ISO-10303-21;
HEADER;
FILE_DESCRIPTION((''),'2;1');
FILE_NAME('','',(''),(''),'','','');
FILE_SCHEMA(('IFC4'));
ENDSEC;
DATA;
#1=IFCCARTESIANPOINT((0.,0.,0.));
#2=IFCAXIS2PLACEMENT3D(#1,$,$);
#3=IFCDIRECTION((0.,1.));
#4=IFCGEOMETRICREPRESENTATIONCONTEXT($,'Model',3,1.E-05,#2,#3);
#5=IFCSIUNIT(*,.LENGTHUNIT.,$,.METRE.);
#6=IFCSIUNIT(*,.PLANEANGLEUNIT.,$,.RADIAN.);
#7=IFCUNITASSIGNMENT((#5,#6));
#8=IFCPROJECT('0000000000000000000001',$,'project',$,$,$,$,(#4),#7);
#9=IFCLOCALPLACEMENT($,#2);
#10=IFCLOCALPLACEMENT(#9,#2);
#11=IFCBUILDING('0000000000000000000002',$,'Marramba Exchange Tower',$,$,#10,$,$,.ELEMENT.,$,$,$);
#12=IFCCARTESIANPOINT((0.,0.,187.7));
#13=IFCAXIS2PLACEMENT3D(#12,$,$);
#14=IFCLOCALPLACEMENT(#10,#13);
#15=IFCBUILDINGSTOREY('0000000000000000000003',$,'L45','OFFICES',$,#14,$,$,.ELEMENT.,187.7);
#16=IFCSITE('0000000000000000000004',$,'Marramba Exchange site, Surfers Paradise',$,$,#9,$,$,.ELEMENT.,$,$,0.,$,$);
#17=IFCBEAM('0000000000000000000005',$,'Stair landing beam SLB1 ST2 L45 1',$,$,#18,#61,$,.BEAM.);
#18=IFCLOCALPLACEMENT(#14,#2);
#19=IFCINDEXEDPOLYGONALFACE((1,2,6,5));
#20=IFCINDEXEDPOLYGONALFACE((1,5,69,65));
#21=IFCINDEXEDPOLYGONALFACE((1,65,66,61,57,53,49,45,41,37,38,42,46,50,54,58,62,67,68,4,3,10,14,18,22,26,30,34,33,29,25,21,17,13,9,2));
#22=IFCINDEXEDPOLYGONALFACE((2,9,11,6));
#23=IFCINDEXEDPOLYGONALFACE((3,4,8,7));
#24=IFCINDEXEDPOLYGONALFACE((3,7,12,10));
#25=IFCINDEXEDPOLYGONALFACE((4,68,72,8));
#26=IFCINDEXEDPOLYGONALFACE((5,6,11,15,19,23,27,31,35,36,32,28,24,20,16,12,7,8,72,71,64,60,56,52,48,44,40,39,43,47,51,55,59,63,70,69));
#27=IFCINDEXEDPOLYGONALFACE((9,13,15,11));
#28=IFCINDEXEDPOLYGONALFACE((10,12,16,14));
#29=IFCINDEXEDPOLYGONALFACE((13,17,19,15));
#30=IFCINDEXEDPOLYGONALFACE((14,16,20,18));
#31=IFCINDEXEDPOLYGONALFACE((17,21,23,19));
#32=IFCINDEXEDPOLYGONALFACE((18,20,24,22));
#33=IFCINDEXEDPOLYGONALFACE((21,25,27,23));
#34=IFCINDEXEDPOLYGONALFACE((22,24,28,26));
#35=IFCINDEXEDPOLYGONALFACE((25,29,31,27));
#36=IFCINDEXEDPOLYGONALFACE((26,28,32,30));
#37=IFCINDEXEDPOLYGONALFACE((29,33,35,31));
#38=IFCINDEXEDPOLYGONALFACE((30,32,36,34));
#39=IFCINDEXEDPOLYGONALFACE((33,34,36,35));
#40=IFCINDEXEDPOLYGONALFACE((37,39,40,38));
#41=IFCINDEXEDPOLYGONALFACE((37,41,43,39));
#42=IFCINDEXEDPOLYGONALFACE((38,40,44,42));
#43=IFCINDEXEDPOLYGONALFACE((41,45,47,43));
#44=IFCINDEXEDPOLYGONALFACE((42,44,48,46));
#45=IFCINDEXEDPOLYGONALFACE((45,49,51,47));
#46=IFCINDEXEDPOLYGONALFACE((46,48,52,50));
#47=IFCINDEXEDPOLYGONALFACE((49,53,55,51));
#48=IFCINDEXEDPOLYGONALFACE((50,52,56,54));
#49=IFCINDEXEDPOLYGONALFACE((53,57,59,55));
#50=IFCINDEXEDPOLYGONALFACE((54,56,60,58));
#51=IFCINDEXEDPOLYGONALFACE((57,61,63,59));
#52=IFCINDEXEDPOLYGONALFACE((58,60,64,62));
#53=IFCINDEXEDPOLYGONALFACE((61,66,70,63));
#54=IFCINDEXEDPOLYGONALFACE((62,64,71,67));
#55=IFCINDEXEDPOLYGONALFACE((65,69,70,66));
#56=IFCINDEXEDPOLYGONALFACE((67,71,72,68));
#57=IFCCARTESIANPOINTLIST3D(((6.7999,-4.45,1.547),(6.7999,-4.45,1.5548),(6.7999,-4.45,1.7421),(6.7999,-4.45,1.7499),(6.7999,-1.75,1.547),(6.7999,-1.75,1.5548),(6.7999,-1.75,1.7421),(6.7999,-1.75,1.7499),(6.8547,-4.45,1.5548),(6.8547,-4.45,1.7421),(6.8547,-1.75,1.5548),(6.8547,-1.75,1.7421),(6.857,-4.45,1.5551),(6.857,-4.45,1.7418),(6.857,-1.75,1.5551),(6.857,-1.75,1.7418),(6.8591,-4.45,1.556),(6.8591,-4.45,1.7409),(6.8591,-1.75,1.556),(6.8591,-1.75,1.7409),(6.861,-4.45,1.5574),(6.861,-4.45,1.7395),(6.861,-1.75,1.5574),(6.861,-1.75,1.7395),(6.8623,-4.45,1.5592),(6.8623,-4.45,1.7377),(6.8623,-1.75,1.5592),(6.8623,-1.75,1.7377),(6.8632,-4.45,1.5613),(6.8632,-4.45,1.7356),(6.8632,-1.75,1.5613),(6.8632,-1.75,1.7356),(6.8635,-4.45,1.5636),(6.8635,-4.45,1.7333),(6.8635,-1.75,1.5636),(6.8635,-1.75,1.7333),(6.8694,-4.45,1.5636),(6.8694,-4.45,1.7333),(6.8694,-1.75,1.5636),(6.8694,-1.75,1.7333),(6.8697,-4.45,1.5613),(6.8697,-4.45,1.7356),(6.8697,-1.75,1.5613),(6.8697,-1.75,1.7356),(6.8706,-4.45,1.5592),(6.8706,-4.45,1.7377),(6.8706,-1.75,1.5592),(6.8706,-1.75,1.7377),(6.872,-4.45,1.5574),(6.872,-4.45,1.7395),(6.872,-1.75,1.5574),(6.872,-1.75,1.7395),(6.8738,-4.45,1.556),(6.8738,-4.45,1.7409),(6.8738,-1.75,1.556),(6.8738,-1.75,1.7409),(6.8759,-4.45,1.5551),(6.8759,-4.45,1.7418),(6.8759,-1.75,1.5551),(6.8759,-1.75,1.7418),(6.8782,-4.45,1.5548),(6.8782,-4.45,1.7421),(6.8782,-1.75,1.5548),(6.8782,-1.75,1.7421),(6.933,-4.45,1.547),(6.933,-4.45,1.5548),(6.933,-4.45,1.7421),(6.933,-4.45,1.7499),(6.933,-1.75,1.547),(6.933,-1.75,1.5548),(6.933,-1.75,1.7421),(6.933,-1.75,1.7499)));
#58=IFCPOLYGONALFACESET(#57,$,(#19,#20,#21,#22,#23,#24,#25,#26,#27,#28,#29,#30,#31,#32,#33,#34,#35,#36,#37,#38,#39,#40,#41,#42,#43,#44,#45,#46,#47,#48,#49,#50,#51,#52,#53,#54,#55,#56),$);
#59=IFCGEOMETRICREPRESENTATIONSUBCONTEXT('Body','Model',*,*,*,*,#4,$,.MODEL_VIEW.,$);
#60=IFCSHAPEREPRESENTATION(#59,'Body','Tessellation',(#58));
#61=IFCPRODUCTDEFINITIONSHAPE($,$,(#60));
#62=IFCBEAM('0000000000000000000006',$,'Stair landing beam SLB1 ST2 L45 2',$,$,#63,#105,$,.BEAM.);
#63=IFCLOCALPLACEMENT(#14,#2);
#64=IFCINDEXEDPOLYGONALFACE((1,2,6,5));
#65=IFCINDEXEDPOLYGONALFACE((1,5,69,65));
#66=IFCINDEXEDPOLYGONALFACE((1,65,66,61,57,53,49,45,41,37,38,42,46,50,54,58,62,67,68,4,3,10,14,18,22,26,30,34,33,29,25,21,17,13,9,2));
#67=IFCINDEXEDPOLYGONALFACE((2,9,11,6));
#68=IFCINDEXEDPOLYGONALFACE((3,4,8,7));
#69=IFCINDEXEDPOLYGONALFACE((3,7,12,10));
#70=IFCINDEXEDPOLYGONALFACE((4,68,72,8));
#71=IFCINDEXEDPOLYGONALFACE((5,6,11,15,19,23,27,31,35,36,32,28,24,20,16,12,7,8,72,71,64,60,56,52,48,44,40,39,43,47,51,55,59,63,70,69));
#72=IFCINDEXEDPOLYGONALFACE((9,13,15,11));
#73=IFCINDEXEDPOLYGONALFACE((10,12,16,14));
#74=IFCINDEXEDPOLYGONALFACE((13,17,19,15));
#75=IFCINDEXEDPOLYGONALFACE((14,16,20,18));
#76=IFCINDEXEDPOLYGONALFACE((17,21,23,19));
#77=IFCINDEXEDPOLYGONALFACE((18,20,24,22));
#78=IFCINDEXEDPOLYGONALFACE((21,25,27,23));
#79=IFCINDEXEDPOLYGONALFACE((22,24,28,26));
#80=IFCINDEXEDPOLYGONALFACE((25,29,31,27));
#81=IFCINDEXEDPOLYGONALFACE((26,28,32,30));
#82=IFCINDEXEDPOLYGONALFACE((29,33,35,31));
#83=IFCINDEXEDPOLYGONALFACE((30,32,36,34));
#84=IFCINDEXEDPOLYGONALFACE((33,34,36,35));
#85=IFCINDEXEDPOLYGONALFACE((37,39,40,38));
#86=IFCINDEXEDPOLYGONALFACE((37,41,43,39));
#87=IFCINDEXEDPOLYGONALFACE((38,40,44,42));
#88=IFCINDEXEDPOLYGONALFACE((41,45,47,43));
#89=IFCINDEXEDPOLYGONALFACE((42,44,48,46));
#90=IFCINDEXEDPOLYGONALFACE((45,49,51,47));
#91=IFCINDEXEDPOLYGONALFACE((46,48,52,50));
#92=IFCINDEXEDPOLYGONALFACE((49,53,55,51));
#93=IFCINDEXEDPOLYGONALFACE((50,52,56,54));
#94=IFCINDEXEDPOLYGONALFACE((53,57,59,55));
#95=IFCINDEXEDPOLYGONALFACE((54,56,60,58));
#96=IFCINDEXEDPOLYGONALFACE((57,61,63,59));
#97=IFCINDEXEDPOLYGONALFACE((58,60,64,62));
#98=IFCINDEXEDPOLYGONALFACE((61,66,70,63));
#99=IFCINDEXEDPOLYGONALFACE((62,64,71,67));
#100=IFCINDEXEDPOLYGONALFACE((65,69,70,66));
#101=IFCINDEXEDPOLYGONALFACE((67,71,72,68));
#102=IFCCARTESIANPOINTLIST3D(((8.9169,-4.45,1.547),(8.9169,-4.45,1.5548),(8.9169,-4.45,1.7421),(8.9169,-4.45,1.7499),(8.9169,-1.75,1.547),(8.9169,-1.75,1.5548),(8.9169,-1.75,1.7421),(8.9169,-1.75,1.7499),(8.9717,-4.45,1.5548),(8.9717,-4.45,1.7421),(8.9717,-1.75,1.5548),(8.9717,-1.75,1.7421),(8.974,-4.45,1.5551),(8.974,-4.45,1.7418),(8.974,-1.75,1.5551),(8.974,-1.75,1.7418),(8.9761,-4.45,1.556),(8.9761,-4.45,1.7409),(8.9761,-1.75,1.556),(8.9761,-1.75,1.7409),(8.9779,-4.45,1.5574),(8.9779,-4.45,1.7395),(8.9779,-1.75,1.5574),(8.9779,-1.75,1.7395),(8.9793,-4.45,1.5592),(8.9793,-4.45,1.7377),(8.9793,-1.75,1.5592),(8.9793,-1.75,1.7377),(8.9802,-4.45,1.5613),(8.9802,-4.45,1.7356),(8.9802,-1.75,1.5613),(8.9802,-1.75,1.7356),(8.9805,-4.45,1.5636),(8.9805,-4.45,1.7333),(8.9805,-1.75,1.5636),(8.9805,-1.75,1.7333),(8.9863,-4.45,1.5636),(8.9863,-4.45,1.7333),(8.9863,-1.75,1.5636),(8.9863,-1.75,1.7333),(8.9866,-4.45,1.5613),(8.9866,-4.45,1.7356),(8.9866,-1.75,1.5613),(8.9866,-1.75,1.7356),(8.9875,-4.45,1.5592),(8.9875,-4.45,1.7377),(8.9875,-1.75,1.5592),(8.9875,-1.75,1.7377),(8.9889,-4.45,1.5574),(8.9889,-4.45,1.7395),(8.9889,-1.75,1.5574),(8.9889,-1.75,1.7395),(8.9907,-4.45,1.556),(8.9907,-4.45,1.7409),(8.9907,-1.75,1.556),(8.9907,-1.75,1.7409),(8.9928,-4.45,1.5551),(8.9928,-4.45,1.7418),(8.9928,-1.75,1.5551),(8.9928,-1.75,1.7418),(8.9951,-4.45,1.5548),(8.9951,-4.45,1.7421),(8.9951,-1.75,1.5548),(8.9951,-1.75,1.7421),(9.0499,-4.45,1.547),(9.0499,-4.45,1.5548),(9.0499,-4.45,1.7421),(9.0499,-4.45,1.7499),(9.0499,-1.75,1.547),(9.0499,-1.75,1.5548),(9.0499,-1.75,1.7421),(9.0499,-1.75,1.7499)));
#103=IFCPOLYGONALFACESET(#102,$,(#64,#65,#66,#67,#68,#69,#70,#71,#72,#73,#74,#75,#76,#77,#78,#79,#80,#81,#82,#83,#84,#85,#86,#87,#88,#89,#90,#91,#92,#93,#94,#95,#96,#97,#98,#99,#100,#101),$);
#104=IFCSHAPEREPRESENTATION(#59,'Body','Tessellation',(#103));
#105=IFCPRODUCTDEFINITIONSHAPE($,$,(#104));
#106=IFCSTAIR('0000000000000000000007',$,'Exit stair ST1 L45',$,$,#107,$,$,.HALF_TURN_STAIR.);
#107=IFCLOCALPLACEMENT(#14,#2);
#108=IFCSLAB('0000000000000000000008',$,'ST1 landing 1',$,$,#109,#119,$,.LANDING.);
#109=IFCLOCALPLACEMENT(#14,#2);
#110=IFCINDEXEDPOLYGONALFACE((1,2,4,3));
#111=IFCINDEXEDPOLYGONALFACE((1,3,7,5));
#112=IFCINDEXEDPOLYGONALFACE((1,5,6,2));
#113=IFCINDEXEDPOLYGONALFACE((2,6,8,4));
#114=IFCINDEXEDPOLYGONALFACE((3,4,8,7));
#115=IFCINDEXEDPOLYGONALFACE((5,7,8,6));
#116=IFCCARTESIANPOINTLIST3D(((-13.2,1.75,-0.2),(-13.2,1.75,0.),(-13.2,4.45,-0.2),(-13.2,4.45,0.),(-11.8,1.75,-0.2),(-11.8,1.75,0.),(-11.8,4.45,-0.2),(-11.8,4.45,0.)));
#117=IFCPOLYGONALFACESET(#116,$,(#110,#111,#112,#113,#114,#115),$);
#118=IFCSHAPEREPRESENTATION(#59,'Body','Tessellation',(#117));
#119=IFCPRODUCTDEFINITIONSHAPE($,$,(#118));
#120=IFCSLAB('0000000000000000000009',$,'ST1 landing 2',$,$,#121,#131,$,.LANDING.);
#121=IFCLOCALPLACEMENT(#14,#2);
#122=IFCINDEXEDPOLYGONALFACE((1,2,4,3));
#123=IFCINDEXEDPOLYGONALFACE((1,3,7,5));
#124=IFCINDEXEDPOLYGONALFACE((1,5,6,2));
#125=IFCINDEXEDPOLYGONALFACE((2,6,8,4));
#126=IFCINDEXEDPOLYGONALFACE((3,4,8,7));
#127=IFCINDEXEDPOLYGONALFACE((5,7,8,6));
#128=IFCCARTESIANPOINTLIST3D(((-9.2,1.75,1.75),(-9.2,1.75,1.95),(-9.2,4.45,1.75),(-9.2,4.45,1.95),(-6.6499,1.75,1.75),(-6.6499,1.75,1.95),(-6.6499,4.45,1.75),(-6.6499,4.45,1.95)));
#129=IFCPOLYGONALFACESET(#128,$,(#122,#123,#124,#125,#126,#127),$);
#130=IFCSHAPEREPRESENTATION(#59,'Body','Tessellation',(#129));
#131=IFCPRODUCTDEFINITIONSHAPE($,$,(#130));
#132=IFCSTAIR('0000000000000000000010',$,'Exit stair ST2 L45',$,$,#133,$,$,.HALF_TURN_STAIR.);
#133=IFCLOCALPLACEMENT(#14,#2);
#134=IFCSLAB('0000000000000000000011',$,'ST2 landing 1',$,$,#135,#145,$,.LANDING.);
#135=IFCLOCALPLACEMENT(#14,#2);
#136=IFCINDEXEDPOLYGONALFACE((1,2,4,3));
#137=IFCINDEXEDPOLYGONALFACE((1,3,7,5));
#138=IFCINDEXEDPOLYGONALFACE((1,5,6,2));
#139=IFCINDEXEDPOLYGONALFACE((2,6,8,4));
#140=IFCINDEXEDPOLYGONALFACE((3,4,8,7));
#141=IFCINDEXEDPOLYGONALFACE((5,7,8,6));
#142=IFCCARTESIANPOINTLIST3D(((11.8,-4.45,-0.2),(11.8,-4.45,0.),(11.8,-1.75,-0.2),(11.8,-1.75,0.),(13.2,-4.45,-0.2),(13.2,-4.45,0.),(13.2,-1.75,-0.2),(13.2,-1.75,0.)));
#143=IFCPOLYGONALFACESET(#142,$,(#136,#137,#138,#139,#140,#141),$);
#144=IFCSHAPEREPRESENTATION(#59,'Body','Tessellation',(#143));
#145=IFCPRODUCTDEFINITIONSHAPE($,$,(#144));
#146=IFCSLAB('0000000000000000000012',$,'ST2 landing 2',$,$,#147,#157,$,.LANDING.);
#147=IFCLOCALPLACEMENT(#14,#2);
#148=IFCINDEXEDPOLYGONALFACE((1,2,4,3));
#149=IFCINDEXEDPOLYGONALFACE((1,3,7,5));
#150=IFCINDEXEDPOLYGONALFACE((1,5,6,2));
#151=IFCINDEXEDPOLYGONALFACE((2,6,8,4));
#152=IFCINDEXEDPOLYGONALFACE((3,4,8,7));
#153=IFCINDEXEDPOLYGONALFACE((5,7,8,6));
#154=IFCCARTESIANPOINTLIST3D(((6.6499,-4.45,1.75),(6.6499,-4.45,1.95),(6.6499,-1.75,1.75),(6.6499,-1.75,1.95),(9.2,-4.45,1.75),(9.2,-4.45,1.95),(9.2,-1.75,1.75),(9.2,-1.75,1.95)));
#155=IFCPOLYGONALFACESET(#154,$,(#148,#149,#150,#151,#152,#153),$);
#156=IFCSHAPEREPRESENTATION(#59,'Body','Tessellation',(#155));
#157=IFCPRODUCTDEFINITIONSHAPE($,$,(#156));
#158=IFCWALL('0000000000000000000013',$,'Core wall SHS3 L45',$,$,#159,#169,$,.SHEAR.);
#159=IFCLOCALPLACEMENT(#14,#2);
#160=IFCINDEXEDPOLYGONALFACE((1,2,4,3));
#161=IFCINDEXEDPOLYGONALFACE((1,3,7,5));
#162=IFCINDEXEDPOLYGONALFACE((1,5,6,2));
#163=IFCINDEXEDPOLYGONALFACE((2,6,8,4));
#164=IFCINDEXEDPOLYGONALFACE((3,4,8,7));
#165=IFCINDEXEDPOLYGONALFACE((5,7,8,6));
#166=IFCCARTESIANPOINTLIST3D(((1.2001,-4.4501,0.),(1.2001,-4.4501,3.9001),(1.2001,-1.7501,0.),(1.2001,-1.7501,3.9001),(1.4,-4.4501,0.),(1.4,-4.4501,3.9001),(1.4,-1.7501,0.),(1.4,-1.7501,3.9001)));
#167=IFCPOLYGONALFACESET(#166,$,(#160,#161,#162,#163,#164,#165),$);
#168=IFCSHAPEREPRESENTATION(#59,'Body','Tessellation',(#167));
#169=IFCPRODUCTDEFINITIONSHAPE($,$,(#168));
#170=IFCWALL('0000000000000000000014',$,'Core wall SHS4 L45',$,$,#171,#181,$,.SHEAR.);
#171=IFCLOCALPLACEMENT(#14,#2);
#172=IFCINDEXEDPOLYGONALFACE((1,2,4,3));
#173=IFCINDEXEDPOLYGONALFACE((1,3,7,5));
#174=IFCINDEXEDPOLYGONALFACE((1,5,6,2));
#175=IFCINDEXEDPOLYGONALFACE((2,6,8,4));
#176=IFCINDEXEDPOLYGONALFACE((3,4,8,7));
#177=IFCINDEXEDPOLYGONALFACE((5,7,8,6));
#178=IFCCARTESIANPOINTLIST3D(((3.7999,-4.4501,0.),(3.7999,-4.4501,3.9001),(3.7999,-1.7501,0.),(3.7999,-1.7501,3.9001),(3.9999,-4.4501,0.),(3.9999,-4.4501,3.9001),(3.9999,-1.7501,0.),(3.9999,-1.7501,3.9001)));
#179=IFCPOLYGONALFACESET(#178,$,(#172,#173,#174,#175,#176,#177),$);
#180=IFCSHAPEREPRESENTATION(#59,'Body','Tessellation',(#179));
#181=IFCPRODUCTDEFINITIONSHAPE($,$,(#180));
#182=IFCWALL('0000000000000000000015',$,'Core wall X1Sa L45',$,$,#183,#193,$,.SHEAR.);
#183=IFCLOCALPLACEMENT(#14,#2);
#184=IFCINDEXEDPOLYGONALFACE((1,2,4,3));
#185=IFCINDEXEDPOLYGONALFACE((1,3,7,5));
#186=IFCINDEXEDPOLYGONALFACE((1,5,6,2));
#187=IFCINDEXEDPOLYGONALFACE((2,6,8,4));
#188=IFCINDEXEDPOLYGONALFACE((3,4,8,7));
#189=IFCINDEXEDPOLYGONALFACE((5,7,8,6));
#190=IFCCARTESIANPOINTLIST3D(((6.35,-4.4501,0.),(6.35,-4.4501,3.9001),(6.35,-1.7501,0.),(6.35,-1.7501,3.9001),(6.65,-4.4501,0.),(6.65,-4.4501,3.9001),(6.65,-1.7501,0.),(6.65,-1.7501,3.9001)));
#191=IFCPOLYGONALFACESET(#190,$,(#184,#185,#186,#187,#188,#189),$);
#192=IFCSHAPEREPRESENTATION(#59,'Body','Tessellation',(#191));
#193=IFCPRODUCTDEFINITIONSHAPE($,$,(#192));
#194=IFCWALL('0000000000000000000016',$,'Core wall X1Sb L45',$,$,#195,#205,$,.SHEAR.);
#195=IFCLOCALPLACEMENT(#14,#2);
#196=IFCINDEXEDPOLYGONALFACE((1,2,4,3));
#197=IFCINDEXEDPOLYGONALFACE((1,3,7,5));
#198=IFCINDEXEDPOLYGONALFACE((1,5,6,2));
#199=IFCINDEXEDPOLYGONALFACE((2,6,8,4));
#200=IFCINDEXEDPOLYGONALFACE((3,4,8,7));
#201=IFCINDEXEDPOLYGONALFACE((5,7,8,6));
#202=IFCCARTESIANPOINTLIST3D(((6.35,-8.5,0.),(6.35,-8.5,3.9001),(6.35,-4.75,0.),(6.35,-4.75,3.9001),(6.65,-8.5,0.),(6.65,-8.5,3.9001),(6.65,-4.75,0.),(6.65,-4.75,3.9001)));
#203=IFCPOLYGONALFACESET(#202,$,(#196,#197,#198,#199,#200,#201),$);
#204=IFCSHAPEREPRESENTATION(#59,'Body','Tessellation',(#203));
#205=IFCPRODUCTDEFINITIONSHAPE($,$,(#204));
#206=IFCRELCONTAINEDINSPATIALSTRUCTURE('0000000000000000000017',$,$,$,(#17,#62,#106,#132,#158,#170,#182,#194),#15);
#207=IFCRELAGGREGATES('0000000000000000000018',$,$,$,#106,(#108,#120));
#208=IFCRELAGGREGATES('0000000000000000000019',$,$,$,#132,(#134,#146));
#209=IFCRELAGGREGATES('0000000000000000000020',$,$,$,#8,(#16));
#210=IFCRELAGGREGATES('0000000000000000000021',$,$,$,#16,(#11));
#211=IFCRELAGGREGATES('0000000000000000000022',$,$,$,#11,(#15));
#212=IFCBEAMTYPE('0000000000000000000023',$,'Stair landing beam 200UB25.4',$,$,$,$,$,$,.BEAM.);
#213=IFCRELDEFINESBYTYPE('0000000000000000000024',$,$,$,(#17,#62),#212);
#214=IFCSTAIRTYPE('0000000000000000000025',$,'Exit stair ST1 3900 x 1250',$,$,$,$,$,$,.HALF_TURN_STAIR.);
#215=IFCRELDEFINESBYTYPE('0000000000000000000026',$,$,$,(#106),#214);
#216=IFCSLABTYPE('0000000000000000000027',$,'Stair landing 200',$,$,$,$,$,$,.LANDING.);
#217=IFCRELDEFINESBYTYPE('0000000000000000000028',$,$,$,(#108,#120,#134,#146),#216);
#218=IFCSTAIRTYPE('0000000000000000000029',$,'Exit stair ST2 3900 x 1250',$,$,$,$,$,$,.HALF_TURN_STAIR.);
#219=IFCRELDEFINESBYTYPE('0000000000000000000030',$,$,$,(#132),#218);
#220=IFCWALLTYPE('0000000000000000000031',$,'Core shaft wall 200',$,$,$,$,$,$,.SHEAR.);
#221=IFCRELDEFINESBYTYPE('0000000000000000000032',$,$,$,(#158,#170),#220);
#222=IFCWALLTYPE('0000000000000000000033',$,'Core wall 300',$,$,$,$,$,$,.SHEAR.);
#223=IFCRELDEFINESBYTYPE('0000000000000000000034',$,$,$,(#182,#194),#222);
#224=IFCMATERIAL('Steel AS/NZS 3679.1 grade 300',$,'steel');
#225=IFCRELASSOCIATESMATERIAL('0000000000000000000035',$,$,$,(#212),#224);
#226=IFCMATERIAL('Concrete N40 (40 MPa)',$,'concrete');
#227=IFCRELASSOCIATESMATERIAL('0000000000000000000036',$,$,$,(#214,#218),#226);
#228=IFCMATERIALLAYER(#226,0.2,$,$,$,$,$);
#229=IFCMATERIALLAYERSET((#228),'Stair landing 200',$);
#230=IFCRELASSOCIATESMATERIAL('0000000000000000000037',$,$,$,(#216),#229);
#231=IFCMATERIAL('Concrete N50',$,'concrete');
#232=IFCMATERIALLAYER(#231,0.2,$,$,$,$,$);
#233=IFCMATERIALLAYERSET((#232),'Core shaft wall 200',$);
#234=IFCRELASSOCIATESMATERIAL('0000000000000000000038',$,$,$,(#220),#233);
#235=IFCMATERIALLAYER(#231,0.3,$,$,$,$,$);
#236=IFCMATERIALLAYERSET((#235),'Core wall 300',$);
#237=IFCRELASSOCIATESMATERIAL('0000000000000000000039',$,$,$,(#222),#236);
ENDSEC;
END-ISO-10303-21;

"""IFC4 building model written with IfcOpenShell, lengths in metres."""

from ifc_helpers import new_model, si_unit, direction, frame, frame_2d, origin, origin_2d, place, context, subcontext, project, spatial, polyline, rectangle, i_section, outline, extrude, material, layer, layer_set, material_profile, profile_set, type_object, element, aggregate, save


model = new_model("IFC4")

# Units and contexts
model_context = context("Model", 3, precision=1e-05, world=origin(), true_north=direction((0.0, 1.0)))
body_context = subcontext(model_context, "Body", "Model", "MODEL_VIEW")
ifc_project = project(units=[si_unit("LENGTHUNIT", "METRE"), si_unit("PLANEANGLEUNIT", "RADIAN")], contexts=[model_context])

# Site, building, storey
site_placement = place(None, origin())
site = spatial("IfcSite", under=ifc_project, at=site_placement, Name="Marramba Exchange site, Surfers Paradise", CompositionType="ELEMENT", RefElevation=0.0)
building_placement = place(site_placement, origin())
building = spatial("IfcBuilding", under=site, at=building_placement, Name="Marramba Exchange Tower", CompositionType="ELEMENT")
storey_placement = place(building_placement, frame((0.0, 0.0, 187.7)))
storey = spatial("IfcBuildingStorey", under=building, at=storey_placement, Name="L45", Description="OFFICES", CompositionType="ELEMENT", Elevation=187.7)

# Beams
ifc_material_1 = material(Name="Steel AS/NZS 3679.1 grade 300", Category="steel")
ifc_material_profile_1 = material_profile(ifc_material_1, i_section(OverallWidth=0.1331, OverallDepth=0.2029, WebThickness=0.0059, FlangeThickness=0.0078, FilletRadius=0.0088, at=origin_2d()), Name="200UB25.4")
ifc_profile_set_1 = profile_set([ifc_material_profile_1], Name="Steel AS/NZS 3679.1 grade 300")
beam_type_1 = type_object("IfcBeamType", Name="Stair landing beam 200UB25.4", PredefinedType="BEAM", material=ifc_profile_set_1)
for number, where, z_axis, x_axis, name in (
    (1, (6.8665, -4.45, 1.6484), (0.0, 1.0, 0.0), (-1.0, 0.0, 0.0), "Stair landing beam SLB1 ST2 L45 1"),
    (2, (8.9834, -4.45, 1.6484), (0.0, 1.0, 0.0), (-1.0, 0.0, 0.0), "Stair landing beam SLB1 ST2 L45 2"),
):
    element("IfcBeam", number, at=place(storey_placement, frame(where, z_axis=z_axis, x_axis=x_axis)), inside=storey, type_object=beam_type_1, Name=name, PredefinedType="BEAM", context=body_context, shape_type="SweptSolid", body=[
        extrude(i_section(OverallWidth=0.1331, OverallDepth=0.2029, WebThickness=0.0059, FlangeThickness=0.0078, FilletRadius=0.0088, at=origin_2d()), origin(), (0.0, 0.0, 1.0), 2.7),
    ])

# Stairs, slabs
ifc_material_2 = material(Name="Concrete N40 (40 MPa)", Category="concrete")
stair_type_1 = type_object("IfcStairType", Name="Exit stair ST1 3900 x 1250", PredefinedType="HALF_TURN_STAIR", material=ifc_material_2)
stair_1_placement = place(storey_placement, origin())
stair_1 = element("IfcStair", 3, at=stair_1_placement, inside=storey, type_object=stair_type_1, Name="Exit stair ST1 L45", PredefinedType="HALF_TURN_STAIR")
ifc_layer_1 = layer(ifc_material_2, 0.2)
ifc_layer_set_1 = layer_set([ifc_layer_1], Name="Stair landing 200")
slab_type = type_object("IfcSlabType", Name="Stair landing 200", PredefinedType="LANDING", material=ifc_layer_set_1)
slab_1_placement = place(storey_placement, frame((0.0, 0.0, -0.2)))
slab_1 = element("IfcSlab", 4, at=slab_1_placement, type_object=slab_type, Name="ST1 landing 1", PredefinedType="LANDING", context=body_context, shape_type="SweptSolid", body=[
    extrude(outline(polyline([(-13.2, 1.75), (-11.8, 1.75), (-11.8, 4.45), (-13.2, 4.45), (-13.2, 1.75)])), origin(), (0.0, 0.0, 1.0), 0.2),
])
slab_2_placement = place(storey_placement, frame((0.0, 0.0, 1.75)))
slab_2 = element("IfcSlab", 5, at=slab_2_placement, type_object=slab_type, Name="ST1 landing 2", PredefinedType="LANDING", context=body_context, shape_type="SweptSolid", body=[
    extrude(outline(polyline([(-9.2, 1.75), (-6.6499, 1.75), (-6.6499, 4.45), (-9.2, 4.45), (-9.2, 1.75)])), origin(), (0.0, 0.0, 1.0), 0.2),
])
aggregate(stair_1, [slab_1, slab_2])
stair_type_2 = type_object("IfcStairType", Name="Exit stair ST2 3900 x 1250", PredefinedType="HALF_TURN_STAIR", material=ifc_material_2)
stair_2_placement = place(storey_placement, origin())
stair_2 = element("IfcStair", 6, at=stair_2_placement, inside=storey, type_object=stair_type_2, Name="Exit stair ST2 L45", PredefinedType="HALF_TURN_STAIR")
slab_3_placement = place(storey_placement, frame((0.0, 0.0, -0.2)))
slab_3 = element("IfcSlab", 7, at=slab_3_placement, type_object=slab_type, Name="ST2 landing 1", PredefinedType="LANDING", context=body_context, shape_type="SweptSolid", body=[
    extrude(outline(polyline([(11.8, -4.45), (13.2, -4.45), (13.2, -1.75), (11.8, -1.75), (11.8, -4.45)])), origin(), (0.0, 0.0, 1.0), 0.2),
])
slab_4_placement = place(storey_placement, frame((0.0, 0.0, 1.75)))
slab_4 = element("IfcSlab", 8, at=slab_4_placement, type_object=slab_type, Name="ST2 landing 2", PredefinedType="LANDING", context=body_context, shape_type="SweptSolid", body=[
    extrude(outline(polyline([(6.6499, -4.45), (9.2, -4.45), (9.2, -1.75), (6.6499, -1.75), (6.6499, -4.45)])), origin(), (0.0, 0.0, 1.0), 0.2),
])

# Walls
ifc_material_3 = material(Name="Concrete N50", Category="concrete")
ifc_layer_2 = layer(ifc_material_3, 0.2)
ifc_layer_set_2 = layer_set([ifc_layer_2], Name="Core shaft wall 200")
wall_type_1 = type_object("IfcWallType", Name="Core shaft wall 200", PredefinedType="SHEAR", material=ifc_layer_set_2)
for number, where, z_axis, x_axis, name in (
    (9, (1.3, -1.75, 0.0), (0.0, 0.0, 1.0), (0.0, -1.0, 0.0), "Core wall SHS3 L45"),
    (10, (3.8999, -1.75, 0.0), (0.0, 0.0, 1.0), (0.0, -1.0, 0.0), "Core wall SHS4 L45"),
):
    element("IfcWall", number, at=place(storey_placement, frame(where, z_axis=z_axis, x_axis=x_axis)), inside=storey, type_object=wall_type_1, Name=name, PredefinedType="SHEAR", context=body_context, shape_type="SweptSolid", body=[
        extrude(rectangle(XDim=2.7, YDim=0.2, at=frame_2d((1.3501, 0.0))), origin(), (0.0, 0.0, 1.0), 3.9001),
    ])
ifc_layer_3 = layer(ifc_material_3, 0.3)
ifc_layer_set_3 = layer_set([ifc_layer_3], Name="Core wall 300")
wall_type_2 = type_object("IfcWallType", Name="Core wall 300", PredefinedType="SHEAR", material=ifc_layer_set_3)
wall_1_placement = place(storey_placement, frame((6.5, -1.75, 0.0), z_axis=(0.0, 0.0, 1.0), x_axis=(0.0, -1.0, 0.0)))
element("IfcWall", 11, at=wall_1_placement, inside=storey, type_object=wall_type_2, Name="Core wall X1Sa L45", PredefinedType="SHEAR", context=body_context, shape_type="SweptSolid", body=[
    extrude(rectangle(XDim=2.7, YDim=0.3, at=frame_2d((1.3501, 0.0))), origin(), (0.0, 0.0, 1.0), 3.9001),
])
wall_2_placement = place(storey_placement, frame((6.5, -4.75, 0.0), z_axis=(0.0, 0.0, 1.0), x_axis=(0.0, -1.0, 0.0)))
element("IfcWall", 12, at=wall_2_placement, inside=storey, type_object=wall_type_2, Name="Core wall X1Sb L45", PredefinedType="SHEAR", context=body_context, shape_type="SweptSolid", body=[
    extrude(rectangle(XDim=3.75, YDim=0.3, at=frame_2d((1.875, 0.0))), origin(), (0.0, 0.0, 1.0), 3.9001),
])

aggregate(stair_2, [slab_3, slab_4])

save(model, "model.ifc")
